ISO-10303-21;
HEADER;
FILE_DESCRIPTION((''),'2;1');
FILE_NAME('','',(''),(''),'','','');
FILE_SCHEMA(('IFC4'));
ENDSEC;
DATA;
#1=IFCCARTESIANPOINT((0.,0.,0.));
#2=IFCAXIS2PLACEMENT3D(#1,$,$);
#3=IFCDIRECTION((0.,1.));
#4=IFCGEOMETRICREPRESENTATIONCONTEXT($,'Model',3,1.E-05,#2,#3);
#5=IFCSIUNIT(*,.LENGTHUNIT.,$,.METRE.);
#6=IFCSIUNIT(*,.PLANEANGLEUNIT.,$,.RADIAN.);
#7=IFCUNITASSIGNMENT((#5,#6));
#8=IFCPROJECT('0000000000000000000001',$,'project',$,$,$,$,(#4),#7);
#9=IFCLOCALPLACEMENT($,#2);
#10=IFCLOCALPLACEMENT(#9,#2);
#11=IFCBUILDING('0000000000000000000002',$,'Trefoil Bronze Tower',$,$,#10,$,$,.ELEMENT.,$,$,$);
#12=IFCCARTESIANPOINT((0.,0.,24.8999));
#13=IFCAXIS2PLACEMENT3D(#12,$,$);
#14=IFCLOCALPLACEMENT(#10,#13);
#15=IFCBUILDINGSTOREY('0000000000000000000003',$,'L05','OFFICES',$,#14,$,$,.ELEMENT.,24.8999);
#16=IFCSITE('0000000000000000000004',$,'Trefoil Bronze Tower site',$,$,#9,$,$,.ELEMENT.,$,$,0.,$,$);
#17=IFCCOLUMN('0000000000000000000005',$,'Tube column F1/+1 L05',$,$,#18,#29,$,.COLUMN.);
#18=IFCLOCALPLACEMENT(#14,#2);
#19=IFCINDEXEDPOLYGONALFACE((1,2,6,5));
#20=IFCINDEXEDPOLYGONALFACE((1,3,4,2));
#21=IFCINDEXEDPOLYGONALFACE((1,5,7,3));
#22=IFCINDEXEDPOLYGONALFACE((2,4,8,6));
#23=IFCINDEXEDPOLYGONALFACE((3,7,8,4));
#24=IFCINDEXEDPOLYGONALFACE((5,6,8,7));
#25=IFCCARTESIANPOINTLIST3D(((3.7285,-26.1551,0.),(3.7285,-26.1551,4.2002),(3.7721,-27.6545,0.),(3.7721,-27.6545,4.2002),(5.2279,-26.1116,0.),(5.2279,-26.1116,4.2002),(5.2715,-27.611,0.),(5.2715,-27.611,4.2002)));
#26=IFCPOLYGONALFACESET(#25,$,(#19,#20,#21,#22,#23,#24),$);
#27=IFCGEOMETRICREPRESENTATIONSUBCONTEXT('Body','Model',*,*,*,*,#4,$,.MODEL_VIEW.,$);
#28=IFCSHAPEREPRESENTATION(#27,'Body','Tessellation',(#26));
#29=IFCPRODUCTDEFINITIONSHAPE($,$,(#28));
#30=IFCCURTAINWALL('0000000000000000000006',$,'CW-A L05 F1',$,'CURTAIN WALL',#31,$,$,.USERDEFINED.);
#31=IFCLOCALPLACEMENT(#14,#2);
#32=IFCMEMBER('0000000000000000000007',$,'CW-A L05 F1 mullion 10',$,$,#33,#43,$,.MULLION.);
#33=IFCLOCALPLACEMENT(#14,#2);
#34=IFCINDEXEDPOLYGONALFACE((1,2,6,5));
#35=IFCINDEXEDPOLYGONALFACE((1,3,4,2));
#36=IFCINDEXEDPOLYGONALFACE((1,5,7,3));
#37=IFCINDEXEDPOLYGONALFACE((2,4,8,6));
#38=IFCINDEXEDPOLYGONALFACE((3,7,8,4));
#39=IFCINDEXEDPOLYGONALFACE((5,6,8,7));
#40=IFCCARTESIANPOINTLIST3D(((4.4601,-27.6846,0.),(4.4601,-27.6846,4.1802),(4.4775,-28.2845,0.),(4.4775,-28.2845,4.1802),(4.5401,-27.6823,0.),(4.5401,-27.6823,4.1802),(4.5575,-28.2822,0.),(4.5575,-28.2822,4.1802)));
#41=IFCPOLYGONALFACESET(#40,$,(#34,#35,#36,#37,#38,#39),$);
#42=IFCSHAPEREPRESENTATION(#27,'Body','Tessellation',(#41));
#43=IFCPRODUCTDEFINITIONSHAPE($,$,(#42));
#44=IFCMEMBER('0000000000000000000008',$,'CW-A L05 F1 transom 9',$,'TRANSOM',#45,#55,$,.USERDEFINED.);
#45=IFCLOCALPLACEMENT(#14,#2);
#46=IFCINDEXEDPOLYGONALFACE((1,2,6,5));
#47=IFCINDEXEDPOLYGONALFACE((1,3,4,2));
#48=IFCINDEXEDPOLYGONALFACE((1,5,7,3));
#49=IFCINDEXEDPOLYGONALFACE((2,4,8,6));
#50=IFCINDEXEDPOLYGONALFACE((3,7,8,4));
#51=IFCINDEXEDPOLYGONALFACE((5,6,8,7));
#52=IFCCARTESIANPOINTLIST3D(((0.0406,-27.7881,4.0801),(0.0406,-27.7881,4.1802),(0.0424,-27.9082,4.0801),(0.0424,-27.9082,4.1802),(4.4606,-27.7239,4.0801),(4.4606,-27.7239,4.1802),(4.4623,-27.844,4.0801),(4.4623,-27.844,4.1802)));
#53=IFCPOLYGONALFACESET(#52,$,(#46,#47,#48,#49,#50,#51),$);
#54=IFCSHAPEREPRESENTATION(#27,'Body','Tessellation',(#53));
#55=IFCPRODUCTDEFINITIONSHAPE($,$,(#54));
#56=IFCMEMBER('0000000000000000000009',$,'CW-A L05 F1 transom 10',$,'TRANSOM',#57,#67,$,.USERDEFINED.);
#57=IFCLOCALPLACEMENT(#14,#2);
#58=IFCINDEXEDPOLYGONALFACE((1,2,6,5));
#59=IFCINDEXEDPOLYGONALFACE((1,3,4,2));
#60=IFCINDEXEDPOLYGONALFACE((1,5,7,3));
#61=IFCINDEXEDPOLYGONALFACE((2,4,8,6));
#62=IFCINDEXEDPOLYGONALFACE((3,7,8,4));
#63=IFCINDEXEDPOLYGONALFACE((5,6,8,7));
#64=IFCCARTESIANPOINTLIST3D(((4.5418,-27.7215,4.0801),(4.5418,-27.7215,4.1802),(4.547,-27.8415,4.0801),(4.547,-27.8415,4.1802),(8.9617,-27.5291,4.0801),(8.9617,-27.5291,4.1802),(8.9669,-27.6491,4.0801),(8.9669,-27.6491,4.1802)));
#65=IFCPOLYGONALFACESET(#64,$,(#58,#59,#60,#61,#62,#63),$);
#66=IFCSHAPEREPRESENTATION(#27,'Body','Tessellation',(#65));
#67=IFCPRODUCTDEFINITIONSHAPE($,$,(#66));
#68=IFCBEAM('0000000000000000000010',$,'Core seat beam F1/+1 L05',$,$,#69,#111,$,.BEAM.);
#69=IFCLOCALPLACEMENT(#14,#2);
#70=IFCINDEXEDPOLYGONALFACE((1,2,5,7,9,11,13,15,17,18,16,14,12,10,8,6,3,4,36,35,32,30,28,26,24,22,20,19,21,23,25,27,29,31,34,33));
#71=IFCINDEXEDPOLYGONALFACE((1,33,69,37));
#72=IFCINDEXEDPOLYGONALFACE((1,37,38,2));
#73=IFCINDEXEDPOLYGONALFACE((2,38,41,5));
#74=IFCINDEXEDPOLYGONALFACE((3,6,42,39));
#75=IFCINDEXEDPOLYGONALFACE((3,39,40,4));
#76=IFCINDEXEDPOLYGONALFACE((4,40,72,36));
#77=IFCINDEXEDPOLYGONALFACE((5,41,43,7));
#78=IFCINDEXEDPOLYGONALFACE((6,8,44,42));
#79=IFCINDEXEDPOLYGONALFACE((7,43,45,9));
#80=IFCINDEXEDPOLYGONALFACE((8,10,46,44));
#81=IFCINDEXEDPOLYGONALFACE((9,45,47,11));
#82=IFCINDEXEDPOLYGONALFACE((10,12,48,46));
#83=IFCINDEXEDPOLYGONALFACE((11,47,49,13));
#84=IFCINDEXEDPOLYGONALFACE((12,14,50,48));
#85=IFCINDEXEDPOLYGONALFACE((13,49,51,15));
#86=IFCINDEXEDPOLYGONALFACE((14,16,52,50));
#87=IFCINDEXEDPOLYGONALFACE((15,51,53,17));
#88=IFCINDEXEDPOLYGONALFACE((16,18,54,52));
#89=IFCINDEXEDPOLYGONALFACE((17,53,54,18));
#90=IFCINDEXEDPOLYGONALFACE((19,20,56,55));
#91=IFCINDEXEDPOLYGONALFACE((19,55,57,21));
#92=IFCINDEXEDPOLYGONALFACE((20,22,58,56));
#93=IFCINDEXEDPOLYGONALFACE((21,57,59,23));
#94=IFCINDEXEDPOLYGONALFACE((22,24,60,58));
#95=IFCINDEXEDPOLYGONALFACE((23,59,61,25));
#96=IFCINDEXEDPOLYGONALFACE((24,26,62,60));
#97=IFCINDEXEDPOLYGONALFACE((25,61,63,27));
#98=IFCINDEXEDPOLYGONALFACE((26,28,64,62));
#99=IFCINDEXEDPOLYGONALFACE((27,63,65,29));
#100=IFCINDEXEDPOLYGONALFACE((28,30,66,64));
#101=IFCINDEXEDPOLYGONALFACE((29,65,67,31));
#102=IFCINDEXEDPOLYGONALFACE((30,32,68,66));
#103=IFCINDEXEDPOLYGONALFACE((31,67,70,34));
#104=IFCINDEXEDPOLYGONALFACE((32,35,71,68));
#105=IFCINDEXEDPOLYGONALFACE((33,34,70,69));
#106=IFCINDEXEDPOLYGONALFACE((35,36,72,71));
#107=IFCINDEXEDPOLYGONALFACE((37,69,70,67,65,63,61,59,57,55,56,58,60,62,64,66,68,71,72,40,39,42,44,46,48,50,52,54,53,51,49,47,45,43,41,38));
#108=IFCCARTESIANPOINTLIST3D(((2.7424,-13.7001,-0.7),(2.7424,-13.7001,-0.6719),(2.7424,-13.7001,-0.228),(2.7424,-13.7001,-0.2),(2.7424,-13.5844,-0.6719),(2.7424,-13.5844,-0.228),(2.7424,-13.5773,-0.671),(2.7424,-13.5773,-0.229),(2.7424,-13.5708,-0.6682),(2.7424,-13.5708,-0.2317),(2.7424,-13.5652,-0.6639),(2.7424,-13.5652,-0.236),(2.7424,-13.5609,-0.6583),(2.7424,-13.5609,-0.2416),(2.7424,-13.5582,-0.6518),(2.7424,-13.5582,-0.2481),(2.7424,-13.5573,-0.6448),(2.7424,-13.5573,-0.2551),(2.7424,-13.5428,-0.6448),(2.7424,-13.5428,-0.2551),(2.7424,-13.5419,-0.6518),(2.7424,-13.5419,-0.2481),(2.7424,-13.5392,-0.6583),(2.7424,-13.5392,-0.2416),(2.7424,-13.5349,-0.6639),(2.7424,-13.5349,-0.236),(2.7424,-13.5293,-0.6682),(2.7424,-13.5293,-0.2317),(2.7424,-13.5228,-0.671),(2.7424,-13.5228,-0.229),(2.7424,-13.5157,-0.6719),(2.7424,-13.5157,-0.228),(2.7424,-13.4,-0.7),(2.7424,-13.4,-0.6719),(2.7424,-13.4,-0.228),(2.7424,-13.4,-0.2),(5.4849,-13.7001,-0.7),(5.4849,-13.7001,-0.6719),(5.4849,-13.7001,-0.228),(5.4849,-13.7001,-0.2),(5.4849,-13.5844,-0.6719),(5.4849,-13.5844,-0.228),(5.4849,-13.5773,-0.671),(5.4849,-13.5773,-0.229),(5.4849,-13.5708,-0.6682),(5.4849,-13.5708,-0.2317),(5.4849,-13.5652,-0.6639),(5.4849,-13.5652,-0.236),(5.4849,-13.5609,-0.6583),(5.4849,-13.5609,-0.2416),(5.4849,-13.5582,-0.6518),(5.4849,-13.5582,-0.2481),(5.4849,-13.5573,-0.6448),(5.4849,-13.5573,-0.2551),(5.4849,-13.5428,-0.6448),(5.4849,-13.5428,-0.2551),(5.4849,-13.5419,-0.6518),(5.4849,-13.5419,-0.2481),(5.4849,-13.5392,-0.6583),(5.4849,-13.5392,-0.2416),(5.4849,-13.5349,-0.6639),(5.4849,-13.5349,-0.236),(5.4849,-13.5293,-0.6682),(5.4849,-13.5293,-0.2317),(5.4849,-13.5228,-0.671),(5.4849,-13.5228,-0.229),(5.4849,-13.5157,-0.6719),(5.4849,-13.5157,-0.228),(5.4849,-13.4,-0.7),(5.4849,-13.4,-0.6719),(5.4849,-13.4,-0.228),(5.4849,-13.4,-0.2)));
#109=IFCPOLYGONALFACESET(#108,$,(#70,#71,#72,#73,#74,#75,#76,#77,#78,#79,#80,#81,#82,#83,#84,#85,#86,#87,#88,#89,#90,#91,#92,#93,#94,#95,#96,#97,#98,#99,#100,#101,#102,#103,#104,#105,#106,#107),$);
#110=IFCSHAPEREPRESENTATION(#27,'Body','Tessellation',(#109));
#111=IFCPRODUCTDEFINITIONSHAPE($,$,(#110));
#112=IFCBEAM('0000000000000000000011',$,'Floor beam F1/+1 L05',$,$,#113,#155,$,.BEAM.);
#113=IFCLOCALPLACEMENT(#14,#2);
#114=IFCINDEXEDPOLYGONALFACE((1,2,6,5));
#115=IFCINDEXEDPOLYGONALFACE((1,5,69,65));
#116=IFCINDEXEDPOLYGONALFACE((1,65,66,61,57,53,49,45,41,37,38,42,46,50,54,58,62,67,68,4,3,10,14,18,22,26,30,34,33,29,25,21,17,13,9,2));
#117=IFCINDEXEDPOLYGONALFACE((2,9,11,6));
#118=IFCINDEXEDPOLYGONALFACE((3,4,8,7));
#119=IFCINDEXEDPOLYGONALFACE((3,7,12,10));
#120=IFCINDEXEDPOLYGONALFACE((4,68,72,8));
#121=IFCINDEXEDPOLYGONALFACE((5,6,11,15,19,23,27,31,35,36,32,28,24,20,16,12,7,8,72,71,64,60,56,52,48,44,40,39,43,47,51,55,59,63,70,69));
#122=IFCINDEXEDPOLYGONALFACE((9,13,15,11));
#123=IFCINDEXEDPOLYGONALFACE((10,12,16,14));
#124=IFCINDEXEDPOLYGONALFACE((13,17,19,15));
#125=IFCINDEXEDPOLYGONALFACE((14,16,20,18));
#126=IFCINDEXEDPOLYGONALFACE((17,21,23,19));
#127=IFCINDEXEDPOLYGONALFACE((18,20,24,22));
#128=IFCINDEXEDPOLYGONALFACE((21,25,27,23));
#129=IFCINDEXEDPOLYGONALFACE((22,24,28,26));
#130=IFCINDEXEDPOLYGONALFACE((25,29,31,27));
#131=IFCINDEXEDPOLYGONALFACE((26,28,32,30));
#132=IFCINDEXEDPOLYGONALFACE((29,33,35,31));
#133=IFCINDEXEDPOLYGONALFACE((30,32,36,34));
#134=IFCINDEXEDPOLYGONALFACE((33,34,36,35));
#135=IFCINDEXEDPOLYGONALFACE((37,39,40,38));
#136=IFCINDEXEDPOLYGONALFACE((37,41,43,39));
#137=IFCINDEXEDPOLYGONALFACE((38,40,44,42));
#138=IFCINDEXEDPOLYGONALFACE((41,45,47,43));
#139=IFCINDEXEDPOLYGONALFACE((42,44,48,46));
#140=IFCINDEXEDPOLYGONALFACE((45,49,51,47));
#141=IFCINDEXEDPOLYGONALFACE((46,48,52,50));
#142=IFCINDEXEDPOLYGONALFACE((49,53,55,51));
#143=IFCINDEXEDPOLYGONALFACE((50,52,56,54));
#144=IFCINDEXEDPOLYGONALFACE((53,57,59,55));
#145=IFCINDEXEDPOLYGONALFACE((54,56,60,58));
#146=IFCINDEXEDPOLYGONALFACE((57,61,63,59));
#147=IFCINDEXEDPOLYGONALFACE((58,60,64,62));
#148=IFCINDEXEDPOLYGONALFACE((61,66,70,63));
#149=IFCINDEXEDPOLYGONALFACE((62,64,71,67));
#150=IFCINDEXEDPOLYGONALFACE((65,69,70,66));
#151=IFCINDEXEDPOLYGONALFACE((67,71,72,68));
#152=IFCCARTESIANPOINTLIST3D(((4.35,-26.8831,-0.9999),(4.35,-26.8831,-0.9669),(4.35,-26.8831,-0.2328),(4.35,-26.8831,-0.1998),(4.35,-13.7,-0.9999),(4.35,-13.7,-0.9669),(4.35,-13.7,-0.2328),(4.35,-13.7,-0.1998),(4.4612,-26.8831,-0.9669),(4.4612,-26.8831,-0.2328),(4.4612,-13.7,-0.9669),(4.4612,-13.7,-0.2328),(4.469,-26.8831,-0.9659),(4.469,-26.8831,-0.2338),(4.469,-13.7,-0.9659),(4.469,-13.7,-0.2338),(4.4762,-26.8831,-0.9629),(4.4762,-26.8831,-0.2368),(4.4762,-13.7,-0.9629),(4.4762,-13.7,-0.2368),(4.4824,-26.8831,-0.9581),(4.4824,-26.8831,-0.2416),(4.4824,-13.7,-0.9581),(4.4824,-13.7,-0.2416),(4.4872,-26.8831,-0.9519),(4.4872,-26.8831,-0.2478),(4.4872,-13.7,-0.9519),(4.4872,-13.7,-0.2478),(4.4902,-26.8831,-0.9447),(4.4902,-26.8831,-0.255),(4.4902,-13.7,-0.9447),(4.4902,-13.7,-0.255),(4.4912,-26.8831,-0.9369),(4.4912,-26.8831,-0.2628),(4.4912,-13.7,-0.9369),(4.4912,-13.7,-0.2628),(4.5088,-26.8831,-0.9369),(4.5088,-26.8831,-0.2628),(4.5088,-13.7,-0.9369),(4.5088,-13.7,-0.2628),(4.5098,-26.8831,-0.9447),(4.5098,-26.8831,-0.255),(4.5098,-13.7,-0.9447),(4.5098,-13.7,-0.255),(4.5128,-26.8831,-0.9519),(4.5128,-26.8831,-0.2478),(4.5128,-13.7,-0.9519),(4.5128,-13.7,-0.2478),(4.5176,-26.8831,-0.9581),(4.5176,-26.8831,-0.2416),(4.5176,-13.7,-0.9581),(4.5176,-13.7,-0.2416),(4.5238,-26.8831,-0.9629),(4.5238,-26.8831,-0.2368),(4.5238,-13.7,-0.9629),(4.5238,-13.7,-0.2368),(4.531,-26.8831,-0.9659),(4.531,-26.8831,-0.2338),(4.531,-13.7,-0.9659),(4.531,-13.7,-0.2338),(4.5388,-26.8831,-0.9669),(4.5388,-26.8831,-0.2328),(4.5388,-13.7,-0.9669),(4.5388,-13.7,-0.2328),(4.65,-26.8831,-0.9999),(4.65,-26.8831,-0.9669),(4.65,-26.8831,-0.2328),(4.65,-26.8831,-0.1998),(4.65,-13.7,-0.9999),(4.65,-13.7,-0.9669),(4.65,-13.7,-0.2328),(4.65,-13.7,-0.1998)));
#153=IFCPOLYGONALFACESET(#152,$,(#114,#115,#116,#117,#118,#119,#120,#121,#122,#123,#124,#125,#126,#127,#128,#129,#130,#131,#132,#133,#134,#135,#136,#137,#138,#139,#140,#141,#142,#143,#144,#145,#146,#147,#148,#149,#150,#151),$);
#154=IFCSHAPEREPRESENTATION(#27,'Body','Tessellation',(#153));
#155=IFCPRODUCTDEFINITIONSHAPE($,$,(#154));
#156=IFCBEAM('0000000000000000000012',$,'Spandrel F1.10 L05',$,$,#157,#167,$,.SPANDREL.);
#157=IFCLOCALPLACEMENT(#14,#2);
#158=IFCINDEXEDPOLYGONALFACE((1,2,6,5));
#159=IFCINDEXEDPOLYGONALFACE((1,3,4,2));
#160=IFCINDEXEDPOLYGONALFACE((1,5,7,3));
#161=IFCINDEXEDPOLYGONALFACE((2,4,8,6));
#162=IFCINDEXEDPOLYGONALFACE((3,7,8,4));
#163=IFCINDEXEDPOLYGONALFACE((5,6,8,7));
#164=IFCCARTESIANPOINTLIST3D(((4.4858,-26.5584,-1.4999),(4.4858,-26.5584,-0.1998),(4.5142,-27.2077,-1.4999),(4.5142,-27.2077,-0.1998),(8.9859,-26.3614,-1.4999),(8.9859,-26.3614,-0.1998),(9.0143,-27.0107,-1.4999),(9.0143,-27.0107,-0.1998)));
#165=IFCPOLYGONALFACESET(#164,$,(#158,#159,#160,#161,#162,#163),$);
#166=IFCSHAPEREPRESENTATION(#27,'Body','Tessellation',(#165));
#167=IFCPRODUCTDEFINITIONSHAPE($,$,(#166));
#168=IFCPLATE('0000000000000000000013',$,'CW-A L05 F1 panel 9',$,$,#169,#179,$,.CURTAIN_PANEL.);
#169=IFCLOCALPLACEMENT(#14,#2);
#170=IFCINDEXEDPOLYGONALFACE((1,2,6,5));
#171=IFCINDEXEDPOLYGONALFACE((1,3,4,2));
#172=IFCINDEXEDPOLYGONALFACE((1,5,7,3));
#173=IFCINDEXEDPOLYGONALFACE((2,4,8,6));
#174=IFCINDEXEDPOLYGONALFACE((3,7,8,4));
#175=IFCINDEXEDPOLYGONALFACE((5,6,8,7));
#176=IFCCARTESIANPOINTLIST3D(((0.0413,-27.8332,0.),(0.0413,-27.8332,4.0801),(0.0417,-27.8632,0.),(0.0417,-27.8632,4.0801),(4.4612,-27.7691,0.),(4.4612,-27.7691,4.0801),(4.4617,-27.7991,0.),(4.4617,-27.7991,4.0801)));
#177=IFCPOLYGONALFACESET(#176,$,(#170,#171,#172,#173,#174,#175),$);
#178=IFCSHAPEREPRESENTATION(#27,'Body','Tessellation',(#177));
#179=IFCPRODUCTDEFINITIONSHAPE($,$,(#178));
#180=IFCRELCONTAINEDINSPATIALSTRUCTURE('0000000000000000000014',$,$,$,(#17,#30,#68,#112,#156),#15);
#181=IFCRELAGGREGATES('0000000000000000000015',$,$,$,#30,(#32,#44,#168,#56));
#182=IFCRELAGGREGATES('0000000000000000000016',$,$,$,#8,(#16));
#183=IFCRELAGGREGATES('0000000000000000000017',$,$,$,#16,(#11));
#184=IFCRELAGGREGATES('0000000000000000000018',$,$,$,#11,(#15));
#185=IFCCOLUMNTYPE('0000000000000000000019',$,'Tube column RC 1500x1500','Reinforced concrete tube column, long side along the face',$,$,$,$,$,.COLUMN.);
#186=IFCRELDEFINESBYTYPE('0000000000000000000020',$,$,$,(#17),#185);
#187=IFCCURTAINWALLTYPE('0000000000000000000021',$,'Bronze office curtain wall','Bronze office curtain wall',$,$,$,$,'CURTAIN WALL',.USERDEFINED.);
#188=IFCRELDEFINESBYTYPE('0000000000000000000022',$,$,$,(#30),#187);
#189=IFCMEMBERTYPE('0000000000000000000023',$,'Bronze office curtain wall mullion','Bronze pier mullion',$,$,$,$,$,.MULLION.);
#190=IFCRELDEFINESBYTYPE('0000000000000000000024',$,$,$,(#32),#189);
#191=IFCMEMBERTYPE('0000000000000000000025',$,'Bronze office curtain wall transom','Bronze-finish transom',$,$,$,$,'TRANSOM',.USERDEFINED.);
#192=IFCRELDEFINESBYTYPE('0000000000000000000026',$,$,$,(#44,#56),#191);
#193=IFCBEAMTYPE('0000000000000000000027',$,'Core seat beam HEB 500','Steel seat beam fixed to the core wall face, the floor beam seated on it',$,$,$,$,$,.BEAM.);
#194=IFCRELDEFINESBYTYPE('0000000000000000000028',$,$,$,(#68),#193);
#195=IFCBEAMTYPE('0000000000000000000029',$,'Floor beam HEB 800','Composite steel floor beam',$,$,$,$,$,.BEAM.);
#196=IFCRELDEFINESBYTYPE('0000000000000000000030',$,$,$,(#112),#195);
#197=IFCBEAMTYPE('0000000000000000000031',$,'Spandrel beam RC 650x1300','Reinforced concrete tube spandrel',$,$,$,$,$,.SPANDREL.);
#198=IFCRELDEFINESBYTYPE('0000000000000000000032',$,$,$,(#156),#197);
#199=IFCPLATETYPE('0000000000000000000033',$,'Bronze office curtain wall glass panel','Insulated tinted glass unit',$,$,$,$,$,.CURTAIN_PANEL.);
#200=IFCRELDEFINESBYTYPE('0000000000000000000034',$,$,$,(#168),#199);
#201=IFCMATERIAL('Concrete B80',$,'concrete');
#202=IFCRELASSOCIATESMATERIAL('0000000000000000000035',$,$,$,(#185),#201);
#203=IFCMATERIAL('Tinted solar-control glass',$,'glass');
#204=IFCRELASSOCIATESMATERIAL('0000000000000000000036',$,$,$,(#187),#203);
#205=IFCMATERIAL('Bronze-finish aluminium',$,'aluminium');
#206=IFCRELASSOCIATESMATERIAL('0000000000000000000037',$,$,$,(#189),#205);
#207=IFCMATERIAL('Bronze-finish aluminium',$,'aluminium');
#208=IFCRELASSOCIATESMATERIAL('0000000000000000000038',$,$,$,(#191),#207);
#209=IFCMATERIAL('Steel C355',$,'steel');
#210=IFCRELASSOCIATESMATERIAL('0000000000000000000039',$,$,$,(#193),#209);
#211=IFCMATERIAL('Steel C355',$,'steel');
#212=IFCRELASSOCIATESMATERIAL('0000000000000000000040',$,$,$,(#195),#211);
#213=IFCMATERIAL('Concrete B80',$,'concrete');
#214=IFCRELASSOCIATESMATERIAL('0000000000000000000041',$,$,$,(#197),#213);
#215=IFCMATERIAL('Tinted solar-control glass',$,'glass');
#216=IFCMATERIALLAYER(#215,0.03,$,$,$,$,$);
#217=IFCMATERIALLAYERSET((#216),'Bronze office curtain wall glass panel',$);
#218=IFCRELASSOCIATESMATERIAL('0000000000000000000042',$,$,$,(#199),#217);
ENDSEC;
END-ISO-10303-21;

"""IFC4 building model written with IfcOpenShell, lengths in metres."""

from ifc_helpers import new_model, si_unit, direction, frame, origin, origin_2d, place, context, subcontext, project, spatial, rectangle, i_section, extrude, material, layer, layer_set, material_profile, profile_set, type_object, element, aggregate, save


model = new_model("IFC4")

# Units and contexts
model_context = context("Model", 3, precision=1e-05, world=origin(), true_north=direction((0.0, 1.0)))
body_context = subcontext(model_context, "Body", "Model", "MODEL_VIEW")
ifc_project = project(units=[si_unit("LENGTHUNIT", "METRE"), si_unit("PLANEANGLEUNIT", "RADIAN")], contexts=[model_context])

# Site, building, storey
site_placement = place(None, origin())
site = spatial("IfcSite", under=ifc_project, at=site_placement, Name="Trefoil Bronze Tower site", CompositionType="ELEMENT", RefElevation=0.0)
building_placement = place(site_placement, origin())
building = spatial("IfcBuilding", under=site, at=building_placement, Name="Trefoil Bronze Tower", CompositionType="ELEMENT")
storey_placement = place(building_placement, frame((0.0, 0.0, 24.8999)))
storey = spatial("IfcBuildingStorey", under=building, at=storey_placement, Name="L05", Description="OFFICES", CompositionType="ELEMENT", Elevation=24.8999)

# Column
ifc_material_1 = material(Name="Concrete B80", Category="concrete")
ifc_material_profile_1 = material_profile(ifc_material_1, rectangle(XDim=1.5, YDim=1.5, at=origin_2d()), Name="RC 1500x1500")
ifc_profile_set_1 = profile_set([ifc_material_profile_1], Name="Concrete B80")
column_type = type_object("IfcColumnType", Name="Tube column RC 1500x1500", Description="Reinforced concrete tube column, long side along the face", PredefinedType="COLUMN", material=ifc_profile_set_1)
column_placement = place(storey_placement, frame((4.5, -26.8831, 0.0), z_axis=(0.0, 0.0, 1.0), x_axis=(0.999579, 0.029022, 0.0)))
element("IfcColumn", 1, at=column_placement, inside=storey, type_object=column_type, Name="Tube column F1/+1 L05", PredefinedType="COLUMN", context=body_context, shape_type="SweptSolid", body=[
    extrude(rectangle(XDim=1.5, YDim=1.5, at=origin_2d()), origin(), (0.0, 0.0, 1.0), 4.2002),
])

# Curtain wall, members
ifc_material_2 = material(Name="Tinted solar-control glass", Category="glass")
curtain_wall_type = type_object("IfcCurtainWallType", Name="Bronze office curtain wall", Description="Bronze office curtain wall", ElementType="CURTAIN WALL", PredefinedType="USERDEFINED", material=ifc_material_2)
curtain_wall_placement = place(storey_placement, origin())
curtain_wall = element("IfcCurtainWall", 2, at=curtain_wall_placement, inside=storey, type_object=curtain_wall_type, Name="CW-A L05 F1", ObjectType="CURTAIN WALL", PredefinedType="USERDEFINED")
ifc_material_3 = material(Name="Bronze-finish aluminium", Category="aluminium")
ifc_material_profile_2 = material_profile(ifc_material_3, rectangle(XDim=0.6001, YDim=0.0801, at=origin_2d()), Name="CW-A mullion")
ifc_profile_set_2 = profile_set([ifc_material_profile_2], Name="Bronze-finish aluminium")
member_type_1 = type_object("IfcMemberType", Name="Bronze office curtain wall mullion", Description="Bronze pier mullion", PredefinedType="MULLION", material=ifc_profile_set_2)
member_1_placement = place(storey_placement, frame((4.5088, -27.9834, 0.0), z_axis=(0.0, 0.0, 1.0), x_axis=(-0.029022, 0.999579, 0.0)))
member_1 = element("IfcMember", 3, at=member_1_placement, type_object=member_type_1, Name="CW-A L05 F1 mullion 10", PredefinedType="MULLION", context=body_context, shape_type="SweptSolid", body=[
    extrude(rectangle(XDim=0.6001, YDim=0.0801, at=origin_2d()), origin(), (0.0, 0.0, 1.0), 4.1802),
])
ifc_material_4 = material(Name="Bronze-finish aluminium", Category="aluminium")
ifc_material_profile_3 = material_profile(ifc_material_4, rectangle(XDim=0.1201, YDim=0.1001, at=origin_2d()), Name="CW-A transom")
ifc_profile_set_3 = profile_set([ifc_material_profile_3], Name="Bronze-finish aluminium")
member_type_2 = type_object("IfcMemberType", Name="Bronze office curtain wall transom", Description="Bronze-finish transom", ElementType="TRANSOM", PredefinedType="USERDEFINED", material=ifc_profile_set_3)
member_2_placement = place(storey_placement, frame((0.0415, -27.8481, 4.1301), z_axis=(0.999894, 0.014526, 0.0), x_axis=(-0.014526, 0.999894, 0.0)))
member_2 = element("IfcMember", 4, at=member_2_placement, type_object=member_type_2, Name="CW-A L05 F1 transom 9", ObjectType="TRANSOM", PredefinedType="USERDEFINED", context=body_context, shape_type="SweptSolid", body=[
    extrude(rectangle(XDim=0.1201, YDim=0.1001, at=origin_2d()), origin(), (0.0, 0.0, 1.0), 4.4204),
])
member_3_placement = place(storey_placement, frame((4.5444, -27.7815, 4.1301), z_axis=(0.999054, 0.043485, 0.0), x_axis=(-0.043485, 0.999054, 0.0)))
member_3 = element("IfcMember", 5, at=member_3_placement, type_object=member_type_2, Name="CW-A L05 F1 transom 10", ObjectType="TRANSOM", PredefinedType="USERDEFINED", context=body_context, shape_type="SweptSolid", body=[
    extrude(rectangle(XDim=0.1201, YDim=0.1001, at=origin_2d()), origin(), (0.0, 0.0, 1.0), 4.4241),
])

# Beams
ifc_material_5 = material(Name="Steel C355", Category="steel")
ifc_material_profile_4 = material_profile(ifc_material_5, i_section(OverallWidth=0.3, OverallDepth=0.5, WebThickness=0.0144, FlangeThickness=0.0281, FilletRadius=0.0271, at=origin_2d()), Name="HEB 500")
ifc_profile_set_4 = profile_set([ifc_material_profile_4], Name="Steel C355")
beam_type_1 = type_object("IfcBeamType", Name="Core seat beam HEB 500", Description="Steel seat beam fixed to the core wall face, the floor beam seated on it", PredefinedType="BEAM", material=ifc_profile_set_4)
beam_1_placement = place(storey_placement, frame((2.7424, -13.55, -0.45), z_axis=(1.0, 0.0, 0.0), x_axis=(0.0, 1.0, 0.0)))
element("IfcBeam", 6, at=beam_1_placement, inside=storey, type_object=beam_type_1, Name="Core seat beam F1/+1 L05", PredefinedType="BEAM", context=body_context, shape_type="SweptSolid", body=[
    extrude(i_section(OverallWidth=0.3, OverallDepth=0.5, WebThickness=0.0144, FlangeThickness=0.0281, FilletRadius=0.0271, at=origin_2d()), origin(), (0.0, 0.0, 1.0), 2.7424),
])
ifc_material_6 = material(Name="Steel C355", Category="steel")
ifc_material_profile_5 = material_profile(ifc_material_6, i_section(OverallWidth=0.3, OverallDepth=0.8, WebThickness=0.0176, FlangeThickness=0.033, FilletRadius=0.03, at=origin_2d()), Name="HEB 800")
ifc_profile_set_5 = profile_set([ifc_material_profile_5], Name="Steel C355")
beam_type_2 = type_object("IfcBeamType", Name="Floor beam HEB 800", Description="Composite steel floor beam", PredefinedType="BEAM", material=ifc_profile_set_5)
beam_2_placement = place(storey_placement, frame((4.5, -26.8831, -0.5999), z_axis=(0.0, 1.0, 0.0), x_axis=(-1.0, 0.0, 0.0)))
element("IfcBeam", 7, at=beam_2_placement, inside=storey, type_object=beam_type_2, Name="Floor beam F1/+1 L05", PredefinedType="BEAM", context=body_context, shape_type="SweptSolid", body=[
    extrude(i_section(OverallWidth=0.3, OverallDepth=0.8, WebThickness=0.0176, FlangeThickness=0.033, FilletRadius=0.03, at=origin_2d()), origin(), (0.0, 0.0, 1.0), 13.1831),
])
ifc_material_7 = material(Name="Concrete B80", Category="concrete")
ifc_material_profile_6 = material_profile(ifc_material_7, rectangle(XDim=0.6499, YDim=1.3, at=origin_2d()), Name="RC 650x1300")
ifc_profile_set_6 = profile_set([ifc_material_profile_6], Name="Concrete B80")
beam_type_3 = type_object("IfcBeamType", Name="Spandrel beam RC 650x1300", Description="Reinforced concrete tube spandrel", PredefinedType="SPANDREL", material=ifc_profile_set_6)
beam_3_placement = place(storey_placement, frame((4.5, -26.8831, -0.8499), z_axis=(0.999043, 0.043741, 0.0), x_axis=(-0.043741, 0.999043, 0.0)))
element("IfcBeam", 8, at=beam_3_placement, inside=storey, type_object=beam_type_3, Name="Spandrel F1.10 L05", PredefinedType="SPANDREL", context=body_context, shape_type="SweptSolid", body=[
    extrude(rectangle(XDim=0.6499, YDim=1.3, at=origin_2d()), origin(), (0.0, 0.0, 1.0), 4.5044),
])

# Plate
ifc_material_8 = material(Name="Tinted solar-control glass", Category="glass")
ifc_layer_1 = layer(ifc_material_8, 0.03)
ifc_layer_set_1 = layer_set([ifc_layer_1], Name="Bronze office curtain wall glass panel")
plate_type = type_object("IfcPlateType", Name="Bronze office curtain wall glass panel", Description="Insulated tinted glass unit", PredefinedType="CURTAIN_PANEL", material=ifc_layer_set_1)
plate_1_placement = place(storey_placement, frame((2.2515, -27.8162, 0.0), z_axis=(0.0, 0.0, 1.0), x_axis=(0.999895, 0.014509, 0.0)))
plate_1 = element("IfcPlate", 9, at=plate_1_placement, type_object=plate_type, Name="CW-A L05 F1 panel 9", PredefinedType="CURTAIN_PANEL", context=body_context, shape_type="SweptSolid", body=[
    extrude(rectangle(XDim=4.4204, YDim=0.03, at=origin_2d()), origin(), (0.0, 0.0, 1.0), 4.0801),
])
aggregate(curtain_wall, [member_1, member_2, plate_1, member_3])

save(model, "model.ifc")
